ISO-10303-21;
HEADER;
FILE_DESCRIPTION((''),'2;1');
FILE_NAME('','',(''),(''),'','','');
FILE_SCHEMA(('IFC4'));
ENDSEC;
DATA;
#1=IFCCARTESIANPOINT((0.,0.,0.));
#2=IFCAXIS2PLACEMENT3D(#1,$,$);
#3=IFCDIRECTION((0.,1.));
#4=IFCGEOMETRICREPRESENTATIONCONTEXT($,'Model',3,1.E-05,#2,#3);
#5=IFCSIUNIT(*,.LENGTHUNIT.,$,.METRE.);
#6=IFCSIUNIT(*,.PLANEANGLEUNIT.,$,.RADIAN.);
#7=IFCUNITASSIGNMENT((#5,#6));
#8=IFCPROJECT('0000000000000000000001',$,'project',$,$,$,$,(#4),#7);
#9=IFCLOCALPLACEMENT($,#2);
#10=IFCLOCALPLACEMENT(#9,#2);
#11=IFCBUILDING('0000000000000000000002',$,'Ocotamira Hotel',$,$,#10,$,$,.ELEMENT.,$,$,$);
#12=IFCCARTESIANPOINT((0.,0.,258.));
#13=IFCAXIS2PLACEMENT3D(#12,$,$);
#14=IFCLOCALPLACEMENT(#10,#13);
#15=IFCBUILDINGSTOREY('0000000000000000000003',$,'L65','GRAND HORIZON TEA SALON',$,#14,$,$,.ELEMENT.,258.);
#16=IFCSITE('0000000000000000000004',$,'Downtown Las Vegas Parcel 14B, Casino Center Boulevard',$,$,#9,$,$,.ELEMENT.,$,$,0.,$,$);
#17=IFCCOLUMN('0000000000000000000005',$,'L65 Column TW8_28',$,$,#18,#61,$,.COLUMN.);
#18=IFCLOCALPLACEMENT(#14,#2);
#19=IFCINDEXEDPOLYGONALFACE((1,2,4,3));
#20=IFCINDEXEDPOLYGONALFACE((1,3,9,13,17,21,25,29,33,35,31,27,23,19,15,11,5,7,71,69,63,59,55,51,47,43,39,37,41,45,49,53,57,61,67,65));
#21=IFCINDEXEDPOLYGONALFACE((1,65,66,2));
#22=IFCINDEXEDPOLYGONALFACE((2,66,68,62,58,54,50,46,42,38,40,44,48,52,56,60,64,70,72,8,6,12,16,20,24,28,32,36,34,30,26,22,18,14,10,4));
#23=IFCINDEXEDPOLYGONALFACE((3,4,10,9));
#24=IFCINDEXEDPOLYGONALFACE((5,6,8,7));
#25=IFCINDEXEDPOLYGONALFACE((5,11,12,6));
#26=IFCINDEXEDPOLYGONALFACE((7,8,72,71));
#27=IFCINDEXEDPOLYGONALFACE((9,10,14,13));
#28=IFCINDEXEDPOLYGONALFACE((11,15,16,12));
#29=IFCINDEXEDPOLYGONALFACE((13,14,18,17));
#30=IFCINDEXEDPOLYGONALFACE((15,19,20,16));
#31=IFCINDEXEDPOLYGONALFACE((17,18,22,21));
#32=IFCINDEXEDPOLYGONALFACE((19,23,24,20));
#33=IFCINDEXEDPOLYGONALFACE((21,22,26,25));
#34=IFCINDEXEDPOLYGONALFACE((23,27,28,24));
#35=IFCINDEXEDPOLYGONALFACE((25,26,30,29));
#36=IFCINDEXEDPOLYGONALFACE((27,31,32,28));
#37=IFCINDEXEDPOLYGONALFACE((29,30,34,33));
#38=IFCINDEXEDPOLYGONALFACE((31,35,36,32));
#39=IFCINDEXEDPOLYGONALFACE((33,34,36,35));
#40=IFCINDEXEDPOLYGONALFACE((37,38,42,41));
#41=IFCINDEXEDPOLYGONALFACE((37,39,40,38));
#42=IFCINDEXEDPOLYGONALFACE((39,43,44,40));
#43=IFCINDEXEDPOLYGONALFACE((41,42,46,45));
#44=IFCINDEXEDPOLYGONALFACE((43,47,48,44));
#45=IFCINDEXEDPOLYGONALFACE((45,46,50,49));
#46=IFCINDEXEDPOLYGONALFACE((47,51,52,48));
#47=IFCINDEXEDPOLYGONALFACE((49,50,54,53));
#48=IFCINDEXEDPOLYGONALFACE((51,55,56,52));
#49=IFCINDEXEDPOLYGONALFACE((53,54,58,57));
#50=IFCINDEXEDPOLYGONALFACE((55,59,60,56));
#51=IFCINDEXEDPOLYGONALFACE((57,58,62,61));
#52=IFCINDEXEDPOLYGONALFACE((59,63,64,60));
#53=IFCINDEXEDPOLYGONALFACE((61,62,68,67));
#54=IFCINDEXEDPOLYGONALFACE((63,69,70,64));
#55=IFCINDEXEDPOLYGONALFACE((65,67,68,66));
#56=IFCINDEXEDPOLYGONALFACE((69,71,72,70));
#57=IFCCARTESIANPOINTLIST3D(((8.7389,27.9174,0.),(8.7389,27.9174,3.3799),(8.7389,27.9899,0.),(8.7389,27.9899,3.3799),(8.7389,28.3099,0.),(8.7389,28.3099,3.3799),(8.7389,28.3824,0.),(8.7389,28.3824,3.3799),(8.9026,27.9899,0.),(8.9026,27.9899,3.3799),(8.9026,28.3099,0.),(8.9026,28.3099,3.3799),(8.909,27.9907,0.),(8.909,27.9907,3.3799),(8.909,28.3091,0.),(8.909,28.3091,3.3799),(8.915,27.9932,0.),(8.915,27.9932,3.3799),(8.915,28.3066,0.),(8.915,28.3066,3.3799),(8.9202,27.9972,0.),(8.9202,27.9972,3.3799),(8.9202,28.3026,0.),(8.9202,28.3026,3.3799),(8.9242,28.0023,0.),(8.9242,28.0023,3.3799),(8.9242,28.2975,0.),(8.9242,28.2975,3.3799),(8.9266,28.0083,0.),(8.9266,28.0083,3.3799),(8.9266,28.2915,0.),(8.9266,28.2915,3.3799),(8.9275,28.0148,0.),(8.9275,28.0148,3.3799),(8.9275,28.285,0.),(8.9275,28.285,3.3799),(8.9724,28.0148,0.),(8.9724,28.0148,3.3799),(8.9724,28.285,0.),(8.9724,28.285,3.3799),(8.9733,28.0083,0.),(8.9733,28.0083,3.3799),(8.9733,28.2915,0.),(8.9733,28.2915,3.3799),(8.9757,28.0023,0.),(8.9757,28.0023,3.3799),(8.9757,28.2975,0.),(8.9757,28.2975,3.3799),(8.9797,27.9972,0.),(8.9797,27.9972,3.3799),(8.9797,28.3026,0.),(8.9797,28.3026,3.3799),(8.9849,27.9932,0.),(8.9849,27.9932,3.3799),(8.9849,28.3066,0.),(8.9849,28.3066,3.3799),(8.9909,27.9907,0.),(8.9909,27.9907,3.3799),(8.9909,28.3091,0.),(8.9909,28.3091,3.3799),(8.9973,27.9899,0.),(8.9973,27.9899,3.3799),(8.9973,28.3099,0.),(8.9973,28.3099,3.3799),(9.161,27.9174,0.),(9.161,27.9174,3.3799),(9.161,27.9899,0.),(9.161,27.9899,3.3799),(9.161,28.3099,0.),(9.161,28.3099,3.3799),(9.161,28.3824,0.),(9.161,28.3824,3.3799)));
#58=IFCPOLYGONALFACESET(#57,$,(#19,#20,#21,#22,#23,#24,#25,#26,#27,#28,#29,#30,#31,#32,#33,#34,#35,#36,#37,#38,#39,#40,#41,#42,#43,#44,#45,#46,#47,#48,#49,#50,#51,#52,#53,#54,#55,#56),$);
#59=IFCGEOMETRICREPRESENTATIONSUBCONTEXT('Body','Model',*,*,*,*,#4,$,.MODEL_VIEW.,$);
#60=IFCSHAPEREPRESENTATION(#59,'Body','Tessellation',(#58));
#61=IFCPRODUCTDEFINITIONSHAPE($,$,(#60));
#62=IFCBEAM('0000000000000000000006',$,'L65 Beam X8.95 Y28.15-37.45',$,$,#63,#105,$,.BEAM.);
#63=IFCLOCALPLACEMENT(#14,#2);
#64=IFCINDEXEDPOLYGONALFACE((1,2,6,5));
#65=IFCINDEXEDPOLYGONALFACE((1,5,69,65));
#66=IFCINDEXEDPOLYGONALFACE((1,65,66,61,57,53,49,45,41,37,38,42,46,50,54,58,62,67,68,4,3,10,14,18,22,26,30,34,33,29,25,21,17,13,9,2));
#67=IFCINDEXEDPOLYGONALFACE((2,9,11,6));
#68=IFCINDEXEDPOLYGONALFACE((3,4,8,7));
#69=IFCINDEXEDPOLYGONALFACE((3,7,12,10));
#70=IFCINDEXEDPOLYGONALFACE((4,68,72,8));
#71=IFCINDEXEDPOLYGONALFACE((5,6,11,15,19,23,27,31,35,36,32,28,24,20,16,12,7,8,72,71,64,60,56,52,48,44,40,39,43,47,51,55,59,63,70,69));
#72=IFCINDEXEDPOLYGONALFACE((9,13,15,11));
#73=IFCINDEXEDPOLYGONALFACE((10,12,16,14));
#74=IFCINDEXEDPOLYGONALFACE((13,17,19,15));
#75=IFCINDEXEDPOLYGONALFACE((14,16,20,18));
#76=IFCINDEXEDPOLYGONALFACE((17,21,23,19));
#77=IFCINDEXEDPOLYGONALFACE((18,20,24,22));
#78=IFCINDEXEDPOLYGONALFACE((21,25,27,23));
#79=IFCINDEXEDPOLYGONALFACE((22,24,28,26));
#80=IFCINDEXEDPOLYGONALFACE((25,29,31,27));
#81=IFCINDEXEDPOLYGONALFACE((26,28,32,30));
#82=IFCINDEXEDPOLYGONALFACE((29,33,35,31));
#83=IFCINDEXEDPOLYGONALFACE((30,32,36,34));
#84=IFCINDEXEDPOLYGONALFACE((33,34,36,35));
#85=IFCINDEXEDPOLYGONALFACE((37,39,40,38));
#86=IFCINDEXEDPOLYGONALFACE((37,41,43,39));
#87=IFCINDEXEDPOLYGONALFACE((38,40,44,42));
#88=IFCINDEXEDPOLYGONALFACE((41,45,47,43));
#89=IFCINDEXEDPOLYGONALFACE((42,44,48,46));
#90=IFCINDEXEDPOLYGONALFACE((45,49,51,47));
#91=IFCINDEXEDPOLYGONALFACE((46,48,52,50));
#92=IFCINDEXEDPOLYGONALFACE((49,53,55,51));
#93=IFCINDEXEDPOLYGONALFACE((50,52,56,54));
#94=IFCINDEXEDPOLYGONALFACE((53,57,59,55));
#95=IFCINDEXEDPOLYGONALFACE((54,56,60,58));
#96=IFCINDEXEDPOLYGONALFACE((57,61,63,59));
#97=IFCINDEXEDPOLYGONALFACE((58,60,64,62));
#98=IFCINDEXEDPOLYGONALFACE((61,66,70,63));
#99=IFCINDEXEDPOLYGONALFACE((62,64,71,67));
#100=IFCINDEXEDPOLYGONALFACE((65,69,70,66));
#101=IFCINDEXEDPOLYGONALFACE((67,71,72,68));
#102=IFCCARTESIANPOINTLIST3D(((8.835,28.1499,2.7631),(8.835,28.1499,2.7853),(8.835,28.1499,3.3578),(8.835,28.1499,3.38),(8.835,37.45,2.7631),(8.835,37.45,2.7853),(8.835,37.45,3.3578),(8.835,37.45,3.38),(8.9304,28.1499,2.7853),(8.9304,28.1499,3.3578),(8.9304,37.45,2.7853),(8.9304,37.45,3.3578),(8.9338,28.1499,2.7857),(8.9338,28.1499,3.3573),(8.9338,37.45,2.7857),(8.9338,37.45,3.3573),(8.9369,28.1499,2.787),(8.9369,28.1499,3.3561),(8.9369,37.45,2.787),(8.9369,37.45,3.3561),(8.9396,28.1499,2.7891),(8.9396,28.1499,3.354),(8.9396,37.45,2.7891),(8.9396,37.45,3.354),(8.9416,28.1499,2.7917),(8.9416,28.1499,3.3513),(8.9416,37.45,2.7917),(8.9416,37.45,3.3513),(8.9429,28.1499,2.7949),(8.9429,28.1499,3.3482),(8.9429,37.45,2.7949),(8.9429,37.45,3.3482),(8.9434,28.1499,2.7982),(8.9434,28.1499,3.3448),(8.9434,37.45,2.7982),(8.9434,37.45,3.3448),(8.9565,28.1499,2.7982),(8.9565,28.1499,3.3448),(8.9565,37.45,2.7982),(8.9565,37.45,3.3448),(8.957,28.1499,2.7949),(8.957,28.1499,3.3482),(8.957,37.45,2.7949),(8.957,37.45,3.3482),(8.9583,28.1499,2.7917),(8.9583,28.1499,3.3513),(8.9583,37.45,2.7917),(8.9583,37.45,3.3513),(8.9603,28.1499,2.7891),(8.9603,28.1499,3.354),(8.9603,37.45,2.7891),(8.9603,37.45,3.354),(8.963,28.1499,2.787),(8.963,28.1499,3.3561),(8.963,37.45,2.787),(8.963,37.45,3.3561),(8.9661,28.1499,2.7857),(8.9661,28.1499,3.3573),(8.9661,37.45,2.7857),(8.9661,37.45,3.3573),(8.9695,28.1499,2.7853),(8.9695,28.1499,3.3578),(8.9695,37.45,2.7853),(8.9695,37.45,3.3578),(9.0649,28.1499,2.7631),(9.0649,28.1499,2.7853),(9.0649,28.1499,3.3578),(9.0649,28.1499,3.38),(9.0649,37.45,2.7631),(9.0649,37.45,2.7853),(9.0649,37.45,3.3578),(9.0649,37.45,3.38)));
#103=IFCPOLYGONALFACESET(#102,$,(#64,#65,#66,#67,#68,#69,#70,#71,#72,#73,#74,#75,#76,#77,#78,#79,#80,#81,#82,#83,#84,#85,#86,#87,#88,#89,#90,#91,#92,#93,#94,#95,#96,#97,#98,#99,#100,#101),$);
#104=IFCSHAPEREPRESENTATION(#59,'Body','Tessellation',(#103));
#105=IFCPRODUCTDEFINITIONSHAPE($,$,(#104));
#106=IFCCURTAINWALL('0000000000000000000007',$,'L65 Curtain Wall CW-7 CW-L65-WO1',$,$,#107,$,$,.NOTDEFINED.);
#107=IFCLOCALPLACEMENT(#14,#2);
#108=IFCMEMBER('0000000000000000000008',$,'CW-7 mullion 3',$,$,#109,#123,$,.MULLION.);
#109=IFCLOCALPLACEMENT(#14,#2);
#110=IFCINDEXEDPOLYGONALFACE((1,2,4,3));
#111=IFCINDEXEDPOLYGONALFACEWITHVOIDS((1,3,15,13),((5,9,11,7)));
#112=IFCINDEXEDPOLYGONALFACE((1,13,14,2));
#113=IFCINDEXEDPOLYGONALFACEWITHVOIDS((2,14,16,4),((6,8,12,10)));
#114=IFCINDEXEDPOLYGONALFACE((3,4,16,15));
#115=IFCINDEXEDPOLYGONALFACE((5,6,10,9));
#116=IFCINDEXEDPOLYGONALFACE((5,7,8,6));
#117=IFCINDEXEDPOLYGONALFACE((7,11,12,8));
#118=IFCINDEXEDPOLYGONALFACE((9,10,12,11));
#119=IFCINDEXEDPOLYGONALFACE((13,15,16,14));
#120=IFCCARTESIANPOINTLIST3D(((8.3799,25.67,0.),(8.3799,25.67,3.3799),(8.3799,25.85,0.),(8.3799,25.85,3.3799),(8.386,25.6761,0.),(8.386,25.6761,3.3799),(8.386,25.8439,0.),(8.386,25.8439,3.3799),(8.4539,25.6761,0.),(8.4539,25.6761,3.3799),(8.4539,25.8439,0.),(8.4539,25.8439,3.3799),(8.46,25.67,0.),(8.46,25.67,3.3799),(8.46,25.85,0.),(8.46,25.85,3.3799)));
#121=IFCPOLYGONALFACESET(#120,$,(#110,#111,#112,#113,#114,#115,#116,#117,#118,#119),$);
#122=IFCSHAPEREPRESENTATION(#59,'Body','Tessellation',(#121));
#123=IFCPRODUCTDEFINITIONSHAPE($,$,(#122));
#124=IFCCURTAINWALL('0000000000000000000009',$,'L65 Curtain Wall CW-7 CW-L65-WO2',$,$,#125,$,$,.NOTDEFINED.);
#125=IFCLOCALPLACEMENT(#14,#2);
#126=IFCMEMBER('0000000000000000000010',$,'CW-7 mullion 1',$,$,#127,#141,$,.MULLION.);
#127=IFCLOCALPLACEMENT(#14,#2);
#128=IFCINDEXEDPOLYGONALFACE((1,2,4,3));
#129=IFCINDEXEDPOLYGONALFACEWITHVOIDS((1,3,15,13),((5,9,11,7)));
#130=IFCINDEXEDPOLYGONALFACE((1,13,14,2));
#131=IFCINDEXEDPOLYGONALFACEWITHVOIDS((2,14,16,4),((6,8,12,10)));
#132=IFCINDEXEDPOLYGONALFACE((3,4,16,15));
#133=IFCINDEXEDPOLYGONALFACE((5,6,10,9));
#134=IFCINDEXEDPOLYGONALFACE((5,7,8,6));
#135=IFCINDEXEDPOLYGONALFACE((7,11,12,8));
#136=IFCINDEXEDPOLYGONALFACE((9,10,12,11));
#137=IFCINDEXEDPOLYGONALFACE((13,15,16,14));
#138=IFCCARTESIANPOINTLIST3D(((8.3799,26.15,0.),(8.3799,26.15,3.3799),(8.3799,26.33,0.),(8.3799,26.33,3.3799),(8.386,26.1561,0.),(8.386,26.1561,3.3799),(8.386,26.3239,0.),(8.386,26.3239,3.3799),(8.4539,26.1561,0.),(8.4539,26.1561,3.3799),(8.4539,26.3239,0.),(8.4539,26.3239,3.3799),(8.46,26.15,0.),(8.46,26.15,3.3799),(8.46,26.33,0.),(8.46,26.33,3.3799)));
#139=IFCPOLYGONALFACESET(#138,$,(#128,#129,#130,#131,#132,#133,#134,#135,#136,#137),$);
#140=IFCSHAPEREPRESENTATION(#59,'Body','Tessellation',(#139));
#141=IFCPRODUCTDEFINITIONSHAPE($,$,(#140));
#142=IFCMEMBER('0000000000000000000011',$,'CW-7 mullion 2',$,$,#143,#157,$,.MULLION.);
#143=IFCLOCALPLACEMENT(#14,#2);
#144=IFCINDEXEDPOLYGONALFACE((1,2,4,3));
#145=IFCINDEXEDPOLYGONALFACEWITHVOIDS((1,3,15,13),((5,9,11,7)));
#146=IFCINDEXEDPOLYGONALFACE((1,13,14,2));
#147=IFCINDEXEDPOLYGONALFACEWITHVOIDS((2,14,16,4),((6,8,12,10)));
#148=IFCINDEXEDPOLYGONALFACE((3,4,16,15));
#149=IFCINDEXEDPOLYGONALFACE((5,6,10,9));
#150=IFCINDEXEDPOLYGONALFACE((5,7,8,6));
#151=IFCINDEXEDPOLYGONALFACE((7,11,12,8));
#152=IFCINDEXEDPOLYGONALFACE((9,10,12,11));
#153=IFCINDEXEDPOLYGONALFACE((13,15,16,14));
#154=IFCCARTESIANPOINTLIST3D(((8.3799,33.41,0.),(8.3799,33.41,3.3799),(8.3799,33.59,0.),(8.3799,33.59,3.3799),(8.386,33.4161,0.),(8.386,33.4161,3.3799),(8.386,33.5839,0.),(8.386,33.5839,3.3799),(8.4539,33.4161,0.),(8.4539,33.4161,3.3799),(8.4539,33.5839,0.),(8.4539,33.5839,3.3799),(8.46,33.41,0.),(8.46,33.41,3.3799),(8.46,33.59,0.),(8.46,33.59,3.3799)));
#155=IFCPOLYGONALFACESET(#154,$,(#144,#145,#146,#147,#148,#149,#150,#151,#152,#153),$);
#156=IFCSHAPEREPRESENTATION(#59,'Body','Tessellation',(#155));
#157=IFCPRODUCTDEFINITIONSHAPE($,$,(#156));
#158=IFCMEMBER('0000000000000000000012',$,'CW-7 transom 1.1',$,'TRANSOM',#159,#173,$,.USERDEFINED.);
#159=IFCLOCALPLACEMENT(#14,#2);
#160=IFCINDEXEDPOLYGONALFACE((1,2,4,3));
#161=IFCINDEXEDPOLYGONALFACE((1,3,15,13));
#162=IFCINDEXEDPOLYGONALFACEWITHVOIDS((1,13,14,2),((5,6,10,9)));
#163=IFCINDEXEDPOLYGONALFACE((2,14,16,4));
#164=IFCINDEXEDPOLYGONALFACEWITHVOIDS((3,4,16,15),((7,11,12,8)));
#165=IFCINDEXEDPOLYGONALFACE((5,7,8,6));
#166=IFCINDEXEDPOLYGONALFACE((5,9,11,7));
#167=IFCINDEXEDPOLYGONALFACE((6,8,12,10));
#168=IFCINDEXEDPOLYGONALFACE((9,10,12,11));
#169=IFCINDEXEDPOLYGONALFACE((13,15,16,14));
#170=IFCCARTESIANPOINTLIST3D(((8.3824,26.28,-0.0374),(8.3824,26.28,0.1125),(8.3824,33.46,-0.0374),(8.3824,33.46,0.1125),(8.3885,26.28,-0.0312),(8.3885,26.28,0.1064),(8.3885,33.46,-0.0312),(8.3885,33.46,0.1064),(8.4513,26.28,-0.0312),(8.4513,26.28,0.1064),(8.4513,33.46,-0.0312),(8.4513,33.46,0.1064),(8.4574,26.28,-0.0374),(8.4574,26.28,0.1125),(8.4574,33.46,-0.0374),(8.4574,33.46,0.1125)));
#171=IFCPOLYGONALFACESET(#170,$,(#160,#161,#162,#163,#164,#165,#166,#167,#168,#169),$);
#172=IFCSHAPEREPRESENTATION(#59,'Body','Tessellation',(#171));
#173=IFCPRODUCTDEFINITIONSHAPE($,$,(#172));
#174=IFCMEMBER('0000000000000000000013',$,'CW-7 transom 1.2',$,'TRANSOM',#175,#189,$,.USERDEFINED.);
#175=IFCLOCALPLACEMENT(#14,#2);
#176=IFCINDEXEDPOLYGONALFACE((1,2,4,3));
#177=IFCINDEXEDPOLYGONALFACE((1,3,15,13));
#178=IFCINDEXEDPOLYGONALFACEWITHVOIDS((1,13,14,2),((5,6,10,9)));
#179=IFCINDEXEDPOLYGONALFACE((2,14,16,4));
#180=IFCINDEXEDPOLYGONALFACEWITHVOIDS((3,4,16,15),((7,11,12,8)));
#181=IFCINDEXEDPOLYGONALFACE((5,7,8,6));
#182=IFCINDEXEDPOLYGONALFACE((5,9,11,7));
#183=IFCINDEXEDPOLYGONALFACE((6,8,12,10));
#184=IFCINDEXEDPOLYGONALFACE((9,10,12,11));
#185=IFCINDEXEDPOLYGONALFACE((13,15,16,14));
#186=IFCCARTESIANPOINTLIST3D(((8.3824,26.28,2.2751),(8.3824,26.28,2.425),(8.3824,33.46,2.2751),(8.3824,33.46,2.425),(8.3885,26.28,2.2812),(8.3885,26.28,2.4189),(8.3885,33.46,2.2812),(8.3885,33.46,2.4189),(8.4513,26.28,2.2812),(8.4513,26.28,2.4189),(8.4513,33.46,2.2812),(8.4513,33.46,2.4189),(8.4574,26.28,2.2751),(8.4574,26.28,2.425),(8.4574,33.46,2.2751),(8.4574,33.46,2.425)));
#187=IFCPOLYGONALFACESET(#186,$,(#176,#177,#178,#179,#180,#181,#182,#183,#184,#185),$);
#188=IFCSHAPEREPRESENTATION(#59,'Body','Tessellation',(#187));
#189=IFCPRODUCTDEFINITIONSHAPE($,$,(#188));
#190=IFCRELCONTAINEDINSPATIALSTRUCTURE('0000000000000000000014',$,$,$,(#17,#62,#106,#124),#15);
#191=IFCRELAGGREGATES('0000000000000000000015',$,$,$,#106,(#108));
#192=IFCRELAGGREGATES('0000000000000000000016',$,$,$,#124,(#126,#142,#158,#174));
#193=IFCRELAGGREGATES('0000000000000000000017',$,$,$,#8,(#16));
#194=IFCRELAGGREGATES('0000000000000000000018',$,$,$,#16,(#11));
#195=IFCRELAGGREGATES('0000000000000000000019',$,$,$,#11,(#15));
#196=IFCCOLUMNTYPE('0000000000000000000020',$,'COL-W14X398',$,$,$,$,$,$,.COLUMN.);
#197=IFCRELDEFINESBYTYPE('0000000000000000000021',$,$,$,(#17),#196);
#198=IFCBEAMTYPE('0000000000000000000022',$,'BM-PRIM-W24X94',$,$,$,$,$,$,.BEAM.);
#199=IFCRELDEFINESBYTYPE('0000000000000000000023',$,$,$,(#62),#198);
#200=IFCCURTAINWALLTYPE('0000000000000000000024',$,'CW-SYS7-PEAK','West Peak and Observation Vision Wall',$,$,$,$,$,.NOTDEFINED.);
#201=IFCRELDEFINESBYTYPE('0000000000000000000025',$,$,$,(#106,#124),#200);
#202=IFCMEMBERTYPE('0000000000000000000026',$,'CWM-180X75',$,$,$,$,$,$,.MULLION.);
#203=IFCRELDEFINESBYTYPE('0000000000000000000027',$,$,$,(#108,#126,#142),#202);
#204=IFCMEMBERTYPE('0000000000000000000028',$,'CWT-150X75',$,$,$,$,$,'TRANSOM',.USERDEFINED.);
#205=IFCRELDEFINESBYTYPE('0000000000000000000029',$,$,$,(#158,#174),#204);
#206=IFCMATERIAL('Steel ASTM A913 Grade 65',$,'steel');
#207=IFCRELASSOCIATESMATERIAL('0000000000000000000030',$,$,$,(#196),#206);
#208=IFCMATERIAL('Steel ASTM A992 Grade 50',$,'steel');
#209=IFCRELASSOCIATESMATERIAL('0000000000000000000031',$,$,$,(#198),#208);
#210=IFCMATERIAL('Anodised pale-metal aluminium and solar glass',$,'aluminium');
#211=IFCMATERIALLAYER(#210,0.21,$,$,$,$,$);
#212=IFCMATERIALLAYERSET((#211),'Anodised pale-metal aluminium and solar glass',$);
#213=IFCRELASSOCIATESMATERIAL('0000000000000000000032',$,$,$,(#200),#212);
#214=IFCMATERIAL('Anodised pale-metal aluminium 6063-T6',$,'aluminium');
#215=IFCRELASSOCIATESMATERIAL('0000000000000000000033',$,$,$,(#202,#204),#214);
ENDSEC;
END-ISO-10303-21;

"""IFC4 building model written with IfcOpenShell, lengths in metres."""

from ifc_helpers import new_model, si_unit, direction, frame, origin, origin_2d, place, context, subcontext, project, spatial, hollow_rectangle, i_section, extrude, source, transform, mapped, material, layer, layer_set, material_profile, profile_set, type_object, element, aggregate, save


model = new_model("IFC4")

# Units and contexts
model_context = context("Model", 3, precision=1e-05, world=origin(), true_north=direction((0.0, 1.0)))
body_context = subcontext(model_context, "Body", "Model", "MODEL_VIEW")
ifc_project = project(units=[si_unit("LENGTHUNIT", "METRE"), si_unit("PLANEANGLEUNIT", "RADIAN")], contexts=[model_context])

# Site, building, storey
site_placement = place(None, origin())
site = spatial("IfcSite", under=ifc_project, at=site_placement, Name="Downtown Las Vegas Parcel 14B, Casino Center Boulevard", CompositionType="ELEMENT", RefElevation=0.0)
building_placement = place(site_placement, origin())
building = spatial("IfcBuilding", under=site, at=building_placement, Name="Ocotamira Hotel", CompositionType="ELEMENT")
storey_placement = place(building_placement, frame((0.0, 0.0, 258.0)))
storey = spatial("IfcBuildingStorey", under=building, at=storey_placement, Name="L65", Description="GRAND HORIZON TEA SALON", CompositionType="ELEMENT", Elevation=258.0)

# Column
ifc_material_1 = material(Name="Steel ASTM A913 Grade 65", Category="steel")
ifc_material_profile_1 = material_profile(ifc_material_1, i_section(OverallWidth=0.4221, OverallDepth=0.4651, WebThickness=0.0449, FlangeThickness=0.0725, FilletRadius=0.0249, at=origin_2d()), Name="W14X398")
ifc_profile_set_1 = profile_set([ifc_material_profile_1], Name="Steel ASTM A913 Grade 65")
column_type = type_object("IfcColumnType", Name="COL-W14X398", PredefinedType="COLUMN", material=ifc_profile_set_1)
shared_shape_1 = source(origin(), body_context, "Body", "SweptSolid", [
    extrude(i_section(OverallWidth=0.4221, OverallDepth=0.4651, WebThickness=0.0449, FlangeThickness=0.0725, FilletRadius=0.0249, at=origin_2d()), origin(), (0.0, 0.0, 1.0), 3.3799),
])
column_placement = place(storey_placement, frame((8.95, 28.1499, 0.0), z_axis=(0.0, 0.0, 1.0), x_axis=(1.0, 0.0, 0.0)))
element("IfcColumn", 1, at=column_placement, inside=storey, type_object=column_type, Name="L65 Column TW8_28", PredefinedType="COLUMN", context=body_context, shape_type="MappedRepresentation", body=[
    mapped(shared_shape_1, transform((0.0, 0.0, 0.0), scale=1.0)),
])

# Beam
ifc_material_2 = material(Name="Steel ASTM A992 Grade 50", Category="steel")
ifc_material_profile_2 = material_profile(ifc_material_2, i_section(OverallWidth=0.23, OverallDepth=0.6169, WebThickness=0.0132, FlangeThickness=0.0222, FilletRadius=0.0129, at=origin_2d()), Name="W24X94")
ifc_profile_set_2 = profile_set([ifc_material_profile_2], Name="Steel ASTM A992 Grade 50")
beam_type = type_object("IfcBeamType", Name="BM-PRIM-W24X94", PredefinedType="BEAM", material=ifc_profile_set_2)
shared_shape_2 = source(origin(), body_context, "Body", "SweptSolid", [
    extrude(i_section(OverallWidth=0.23, OverallDepth=0.6169, WebThickness=0.0132, FlangeThickness=0.0222, FilletRadius=0.0129, at=origin_2d()), origin(), (0.0, 0.0, 1.0), 9.3),
])
beam_placement = place(storey_placement, frame((8.95, 28.1499, 3.0715), z_axis=(0.0, 1.0, 0.0), x_axis=(-1.0, 0.0, 0.0)))
element("IfcBeam", 2, at=beam_placement, inside=storey, type_object=beam_type, Name="L65 Beam X8.95 Y28.15-37.45", PredefinedType="BEAM", context=body_context, shape_type="MappedRepresentation", body=[
    mapped(shared_shape_2, transform((0.0, 0.0, 0.0), scale=1.0)),
])

# Curtain wall, member
ifc_material_3 = material(Name="Anodised pale-metal aluminium and solar glass", Category="aluminium")
ifc_layer_1 = layer(ifc_material_3, 0.21)
ifc_layer_set_1 = layer_set([ifc_layer_1], Name="Anodised pale-metal aluminium and solar glass")
curtain_wall_type = type_object("IfcCurtainWallType", Name="CW-SYS7-PEAK", Description="West Peak and Observation Vision Wall", PredefinedType="NOTDEFINED", material=ifc_layer_set_1)
curtain_wall_1_placement = place(storey_placement, origin())
curtain_wall_1 = element("IfcCurtainWall", 3, at=curtain_wall_1_placement, inside=storey, type_object=curtain_wall_type, Name="L65 Curtain Wall CW-7 CW-L65-WO1", PredefinedType="NOTDEFINED")
ifc_material_4 = material(Name="Anodised pale-metal aluminium 6063-T6", Category="aluminium")
ifc_material_profile_3 = material_profile(ifc_material_4, hollow_rectangle(XDim=0.0801, YDim=0.1799, WallThickness=0.0061, at=origin_2d()), Name="HSS180X80X6")
ifc_profile_set_3 = profile_set([ifc_material_profile_3], Name="Anodised pale-metal aluminium 6063-T6")
member_type_1 = type_object("IfcMemberType", Name="CWM-180X75", PredefinedType="MULLION", material=ifc_profile_set_3)
shared_shape_3 = source(origin(), body_context, "Body", "SweptSolid", [
    extrude(hollow_rectangle(XDim=0.0801, YDim=0.1799, WallThickness=0.0061, at=origin_2d()), origin(), (0.0, 0.0, 1.0), 3.3799),
])
member_1_placement = place(storey_placement, frame((8.4199, 25.76, 0.0), z_axis=(0.0, 0.0, 1.0), x_axis=(-1.0, 0.0, 0.0)))
member_1 = element("IfcMember", 4, at=member_1_placement, type_object=member_type_1, Name="CW-7 mullion 3", PredefinedType="MULLION", context=body_context, shape_type="MappedRepresentation", body=[
    mapped(shared_shape_3, transform((0.0, 0.0, 0.0), scale=1.0)),
])
aggregate(curtain_wall_1, [member_1])

# Curtain wall, members
curtain_wall_2_placement = place(storey_placement, origin())
curtain_wall_2 = element("IfcCurtainWall", 5, at=curtain_wall_2_placement, inside=storey, type_object=curtain_wall_type, Name="L65 Curtain Wall CW-7 CW-L65-WO2", PredefinedType="NOTDEFINED")
member_2_placement = place(storey_placement, frame((8.4199, 26.24, 0.0), z_axis=(0.0, 0.0, 1.0), x_axis=(-1.0, 0.0, 0.0)))
member_2 = element("IfcMember", 6, at=member_2_placement, type_object=member_type_1, Name="CW-7 mullion 1", PredefinedType="MULLION", context=body_context, shape_type="MappedRepresentation", body=[
    mapped(shared_shape_3, transform((0.0, 0.0, 0.0), scale=1.0)),
])
member_3_placement = place(storey_placement, frame((8.4199, 33.5, 0.0), z_axis=(0.0, 0.0, 1.0), x_axis=(-1.0, 0.0, 0.0)))
member_3 = element("IfcMember", 7, at=member_3_placement, type_object=member_type_1, Name="CW-7 mullion 2", PredefinedType="MULLION", context=body_context, shape_type="MappedRepresentation", body=[
    mapped(shared_shape_3, transform((0.0, 0.0, 0.0), scale=1.0)),
])
ifc_material_profile_4 = material_profile(ifc_material_4, hollow_rectangle(XDim=0.075, YDim=0.1499, WallThickness=0.0061, at=origin_2d()), Name="HSS150X75X6")
ifc_profile_set_4 = profile_set([ifc_material_profile_4], Name="Anodised pale-metal aluminium 6063-T6")
member_type_2 = type_object("IfcMemberType", Name="CWT-150X75", ElementType="TRANSOM", PredefinedType="USERDEFINED", material=ifc_profile_set_4)
shared_shape_4 = source(origin(), body_context, "Body", "SweptSolid", [
    extrude(hollow_rectangle(XDim=0.075, YDim=0.1499, WallThickness=0.0061, at=origin_2d()), origin(), (0.0, 0.0, 1.0), 7.1799),
])
member_4_placement = place(storey_placement, frame((8.4199, 26.28, 0.0376), z_axis=(0.0, 1.0, 0.0), x_axis=(-1.0, 0.0, 0.0)))
member_4 = element("IfcMember", 8, at=member_4_placement, type_object=member_type_2, Name="CW-7 transom 1.1", ObjectType="TRANSOM", PredefinedType="USERDEFINED", context=body_context, shape_type="MappedRepresentation", body=[
    mapped(shared_shape_4, transform((0.0, 0.0, 0.0), scale=1.0)),
])
member_5_placement = place(storey_placement, frame((8.4199, 26.28, 2.3501), z_axis=(0.0, 1.0, 0.0), x_axis=(-1.0, 0.0, 0.0)))
member_5 = element("IfcMember", 9, at=member_5_placement, type_object=member_type_2, Name="CW-7 transom 1.2", ObjectType="TRANSOM", PredefinedType="USERDEFINED", context=body_context, shape_type="MappedRepresentation", body=[
    mapped(shared_shape_4, transform((0.0, 0.0, 0.0), scale=1.0)),
])
aggregate(curtain_wall_2, [member_2, member_3, member_4, member_5])

save(model, "model.ifc")
